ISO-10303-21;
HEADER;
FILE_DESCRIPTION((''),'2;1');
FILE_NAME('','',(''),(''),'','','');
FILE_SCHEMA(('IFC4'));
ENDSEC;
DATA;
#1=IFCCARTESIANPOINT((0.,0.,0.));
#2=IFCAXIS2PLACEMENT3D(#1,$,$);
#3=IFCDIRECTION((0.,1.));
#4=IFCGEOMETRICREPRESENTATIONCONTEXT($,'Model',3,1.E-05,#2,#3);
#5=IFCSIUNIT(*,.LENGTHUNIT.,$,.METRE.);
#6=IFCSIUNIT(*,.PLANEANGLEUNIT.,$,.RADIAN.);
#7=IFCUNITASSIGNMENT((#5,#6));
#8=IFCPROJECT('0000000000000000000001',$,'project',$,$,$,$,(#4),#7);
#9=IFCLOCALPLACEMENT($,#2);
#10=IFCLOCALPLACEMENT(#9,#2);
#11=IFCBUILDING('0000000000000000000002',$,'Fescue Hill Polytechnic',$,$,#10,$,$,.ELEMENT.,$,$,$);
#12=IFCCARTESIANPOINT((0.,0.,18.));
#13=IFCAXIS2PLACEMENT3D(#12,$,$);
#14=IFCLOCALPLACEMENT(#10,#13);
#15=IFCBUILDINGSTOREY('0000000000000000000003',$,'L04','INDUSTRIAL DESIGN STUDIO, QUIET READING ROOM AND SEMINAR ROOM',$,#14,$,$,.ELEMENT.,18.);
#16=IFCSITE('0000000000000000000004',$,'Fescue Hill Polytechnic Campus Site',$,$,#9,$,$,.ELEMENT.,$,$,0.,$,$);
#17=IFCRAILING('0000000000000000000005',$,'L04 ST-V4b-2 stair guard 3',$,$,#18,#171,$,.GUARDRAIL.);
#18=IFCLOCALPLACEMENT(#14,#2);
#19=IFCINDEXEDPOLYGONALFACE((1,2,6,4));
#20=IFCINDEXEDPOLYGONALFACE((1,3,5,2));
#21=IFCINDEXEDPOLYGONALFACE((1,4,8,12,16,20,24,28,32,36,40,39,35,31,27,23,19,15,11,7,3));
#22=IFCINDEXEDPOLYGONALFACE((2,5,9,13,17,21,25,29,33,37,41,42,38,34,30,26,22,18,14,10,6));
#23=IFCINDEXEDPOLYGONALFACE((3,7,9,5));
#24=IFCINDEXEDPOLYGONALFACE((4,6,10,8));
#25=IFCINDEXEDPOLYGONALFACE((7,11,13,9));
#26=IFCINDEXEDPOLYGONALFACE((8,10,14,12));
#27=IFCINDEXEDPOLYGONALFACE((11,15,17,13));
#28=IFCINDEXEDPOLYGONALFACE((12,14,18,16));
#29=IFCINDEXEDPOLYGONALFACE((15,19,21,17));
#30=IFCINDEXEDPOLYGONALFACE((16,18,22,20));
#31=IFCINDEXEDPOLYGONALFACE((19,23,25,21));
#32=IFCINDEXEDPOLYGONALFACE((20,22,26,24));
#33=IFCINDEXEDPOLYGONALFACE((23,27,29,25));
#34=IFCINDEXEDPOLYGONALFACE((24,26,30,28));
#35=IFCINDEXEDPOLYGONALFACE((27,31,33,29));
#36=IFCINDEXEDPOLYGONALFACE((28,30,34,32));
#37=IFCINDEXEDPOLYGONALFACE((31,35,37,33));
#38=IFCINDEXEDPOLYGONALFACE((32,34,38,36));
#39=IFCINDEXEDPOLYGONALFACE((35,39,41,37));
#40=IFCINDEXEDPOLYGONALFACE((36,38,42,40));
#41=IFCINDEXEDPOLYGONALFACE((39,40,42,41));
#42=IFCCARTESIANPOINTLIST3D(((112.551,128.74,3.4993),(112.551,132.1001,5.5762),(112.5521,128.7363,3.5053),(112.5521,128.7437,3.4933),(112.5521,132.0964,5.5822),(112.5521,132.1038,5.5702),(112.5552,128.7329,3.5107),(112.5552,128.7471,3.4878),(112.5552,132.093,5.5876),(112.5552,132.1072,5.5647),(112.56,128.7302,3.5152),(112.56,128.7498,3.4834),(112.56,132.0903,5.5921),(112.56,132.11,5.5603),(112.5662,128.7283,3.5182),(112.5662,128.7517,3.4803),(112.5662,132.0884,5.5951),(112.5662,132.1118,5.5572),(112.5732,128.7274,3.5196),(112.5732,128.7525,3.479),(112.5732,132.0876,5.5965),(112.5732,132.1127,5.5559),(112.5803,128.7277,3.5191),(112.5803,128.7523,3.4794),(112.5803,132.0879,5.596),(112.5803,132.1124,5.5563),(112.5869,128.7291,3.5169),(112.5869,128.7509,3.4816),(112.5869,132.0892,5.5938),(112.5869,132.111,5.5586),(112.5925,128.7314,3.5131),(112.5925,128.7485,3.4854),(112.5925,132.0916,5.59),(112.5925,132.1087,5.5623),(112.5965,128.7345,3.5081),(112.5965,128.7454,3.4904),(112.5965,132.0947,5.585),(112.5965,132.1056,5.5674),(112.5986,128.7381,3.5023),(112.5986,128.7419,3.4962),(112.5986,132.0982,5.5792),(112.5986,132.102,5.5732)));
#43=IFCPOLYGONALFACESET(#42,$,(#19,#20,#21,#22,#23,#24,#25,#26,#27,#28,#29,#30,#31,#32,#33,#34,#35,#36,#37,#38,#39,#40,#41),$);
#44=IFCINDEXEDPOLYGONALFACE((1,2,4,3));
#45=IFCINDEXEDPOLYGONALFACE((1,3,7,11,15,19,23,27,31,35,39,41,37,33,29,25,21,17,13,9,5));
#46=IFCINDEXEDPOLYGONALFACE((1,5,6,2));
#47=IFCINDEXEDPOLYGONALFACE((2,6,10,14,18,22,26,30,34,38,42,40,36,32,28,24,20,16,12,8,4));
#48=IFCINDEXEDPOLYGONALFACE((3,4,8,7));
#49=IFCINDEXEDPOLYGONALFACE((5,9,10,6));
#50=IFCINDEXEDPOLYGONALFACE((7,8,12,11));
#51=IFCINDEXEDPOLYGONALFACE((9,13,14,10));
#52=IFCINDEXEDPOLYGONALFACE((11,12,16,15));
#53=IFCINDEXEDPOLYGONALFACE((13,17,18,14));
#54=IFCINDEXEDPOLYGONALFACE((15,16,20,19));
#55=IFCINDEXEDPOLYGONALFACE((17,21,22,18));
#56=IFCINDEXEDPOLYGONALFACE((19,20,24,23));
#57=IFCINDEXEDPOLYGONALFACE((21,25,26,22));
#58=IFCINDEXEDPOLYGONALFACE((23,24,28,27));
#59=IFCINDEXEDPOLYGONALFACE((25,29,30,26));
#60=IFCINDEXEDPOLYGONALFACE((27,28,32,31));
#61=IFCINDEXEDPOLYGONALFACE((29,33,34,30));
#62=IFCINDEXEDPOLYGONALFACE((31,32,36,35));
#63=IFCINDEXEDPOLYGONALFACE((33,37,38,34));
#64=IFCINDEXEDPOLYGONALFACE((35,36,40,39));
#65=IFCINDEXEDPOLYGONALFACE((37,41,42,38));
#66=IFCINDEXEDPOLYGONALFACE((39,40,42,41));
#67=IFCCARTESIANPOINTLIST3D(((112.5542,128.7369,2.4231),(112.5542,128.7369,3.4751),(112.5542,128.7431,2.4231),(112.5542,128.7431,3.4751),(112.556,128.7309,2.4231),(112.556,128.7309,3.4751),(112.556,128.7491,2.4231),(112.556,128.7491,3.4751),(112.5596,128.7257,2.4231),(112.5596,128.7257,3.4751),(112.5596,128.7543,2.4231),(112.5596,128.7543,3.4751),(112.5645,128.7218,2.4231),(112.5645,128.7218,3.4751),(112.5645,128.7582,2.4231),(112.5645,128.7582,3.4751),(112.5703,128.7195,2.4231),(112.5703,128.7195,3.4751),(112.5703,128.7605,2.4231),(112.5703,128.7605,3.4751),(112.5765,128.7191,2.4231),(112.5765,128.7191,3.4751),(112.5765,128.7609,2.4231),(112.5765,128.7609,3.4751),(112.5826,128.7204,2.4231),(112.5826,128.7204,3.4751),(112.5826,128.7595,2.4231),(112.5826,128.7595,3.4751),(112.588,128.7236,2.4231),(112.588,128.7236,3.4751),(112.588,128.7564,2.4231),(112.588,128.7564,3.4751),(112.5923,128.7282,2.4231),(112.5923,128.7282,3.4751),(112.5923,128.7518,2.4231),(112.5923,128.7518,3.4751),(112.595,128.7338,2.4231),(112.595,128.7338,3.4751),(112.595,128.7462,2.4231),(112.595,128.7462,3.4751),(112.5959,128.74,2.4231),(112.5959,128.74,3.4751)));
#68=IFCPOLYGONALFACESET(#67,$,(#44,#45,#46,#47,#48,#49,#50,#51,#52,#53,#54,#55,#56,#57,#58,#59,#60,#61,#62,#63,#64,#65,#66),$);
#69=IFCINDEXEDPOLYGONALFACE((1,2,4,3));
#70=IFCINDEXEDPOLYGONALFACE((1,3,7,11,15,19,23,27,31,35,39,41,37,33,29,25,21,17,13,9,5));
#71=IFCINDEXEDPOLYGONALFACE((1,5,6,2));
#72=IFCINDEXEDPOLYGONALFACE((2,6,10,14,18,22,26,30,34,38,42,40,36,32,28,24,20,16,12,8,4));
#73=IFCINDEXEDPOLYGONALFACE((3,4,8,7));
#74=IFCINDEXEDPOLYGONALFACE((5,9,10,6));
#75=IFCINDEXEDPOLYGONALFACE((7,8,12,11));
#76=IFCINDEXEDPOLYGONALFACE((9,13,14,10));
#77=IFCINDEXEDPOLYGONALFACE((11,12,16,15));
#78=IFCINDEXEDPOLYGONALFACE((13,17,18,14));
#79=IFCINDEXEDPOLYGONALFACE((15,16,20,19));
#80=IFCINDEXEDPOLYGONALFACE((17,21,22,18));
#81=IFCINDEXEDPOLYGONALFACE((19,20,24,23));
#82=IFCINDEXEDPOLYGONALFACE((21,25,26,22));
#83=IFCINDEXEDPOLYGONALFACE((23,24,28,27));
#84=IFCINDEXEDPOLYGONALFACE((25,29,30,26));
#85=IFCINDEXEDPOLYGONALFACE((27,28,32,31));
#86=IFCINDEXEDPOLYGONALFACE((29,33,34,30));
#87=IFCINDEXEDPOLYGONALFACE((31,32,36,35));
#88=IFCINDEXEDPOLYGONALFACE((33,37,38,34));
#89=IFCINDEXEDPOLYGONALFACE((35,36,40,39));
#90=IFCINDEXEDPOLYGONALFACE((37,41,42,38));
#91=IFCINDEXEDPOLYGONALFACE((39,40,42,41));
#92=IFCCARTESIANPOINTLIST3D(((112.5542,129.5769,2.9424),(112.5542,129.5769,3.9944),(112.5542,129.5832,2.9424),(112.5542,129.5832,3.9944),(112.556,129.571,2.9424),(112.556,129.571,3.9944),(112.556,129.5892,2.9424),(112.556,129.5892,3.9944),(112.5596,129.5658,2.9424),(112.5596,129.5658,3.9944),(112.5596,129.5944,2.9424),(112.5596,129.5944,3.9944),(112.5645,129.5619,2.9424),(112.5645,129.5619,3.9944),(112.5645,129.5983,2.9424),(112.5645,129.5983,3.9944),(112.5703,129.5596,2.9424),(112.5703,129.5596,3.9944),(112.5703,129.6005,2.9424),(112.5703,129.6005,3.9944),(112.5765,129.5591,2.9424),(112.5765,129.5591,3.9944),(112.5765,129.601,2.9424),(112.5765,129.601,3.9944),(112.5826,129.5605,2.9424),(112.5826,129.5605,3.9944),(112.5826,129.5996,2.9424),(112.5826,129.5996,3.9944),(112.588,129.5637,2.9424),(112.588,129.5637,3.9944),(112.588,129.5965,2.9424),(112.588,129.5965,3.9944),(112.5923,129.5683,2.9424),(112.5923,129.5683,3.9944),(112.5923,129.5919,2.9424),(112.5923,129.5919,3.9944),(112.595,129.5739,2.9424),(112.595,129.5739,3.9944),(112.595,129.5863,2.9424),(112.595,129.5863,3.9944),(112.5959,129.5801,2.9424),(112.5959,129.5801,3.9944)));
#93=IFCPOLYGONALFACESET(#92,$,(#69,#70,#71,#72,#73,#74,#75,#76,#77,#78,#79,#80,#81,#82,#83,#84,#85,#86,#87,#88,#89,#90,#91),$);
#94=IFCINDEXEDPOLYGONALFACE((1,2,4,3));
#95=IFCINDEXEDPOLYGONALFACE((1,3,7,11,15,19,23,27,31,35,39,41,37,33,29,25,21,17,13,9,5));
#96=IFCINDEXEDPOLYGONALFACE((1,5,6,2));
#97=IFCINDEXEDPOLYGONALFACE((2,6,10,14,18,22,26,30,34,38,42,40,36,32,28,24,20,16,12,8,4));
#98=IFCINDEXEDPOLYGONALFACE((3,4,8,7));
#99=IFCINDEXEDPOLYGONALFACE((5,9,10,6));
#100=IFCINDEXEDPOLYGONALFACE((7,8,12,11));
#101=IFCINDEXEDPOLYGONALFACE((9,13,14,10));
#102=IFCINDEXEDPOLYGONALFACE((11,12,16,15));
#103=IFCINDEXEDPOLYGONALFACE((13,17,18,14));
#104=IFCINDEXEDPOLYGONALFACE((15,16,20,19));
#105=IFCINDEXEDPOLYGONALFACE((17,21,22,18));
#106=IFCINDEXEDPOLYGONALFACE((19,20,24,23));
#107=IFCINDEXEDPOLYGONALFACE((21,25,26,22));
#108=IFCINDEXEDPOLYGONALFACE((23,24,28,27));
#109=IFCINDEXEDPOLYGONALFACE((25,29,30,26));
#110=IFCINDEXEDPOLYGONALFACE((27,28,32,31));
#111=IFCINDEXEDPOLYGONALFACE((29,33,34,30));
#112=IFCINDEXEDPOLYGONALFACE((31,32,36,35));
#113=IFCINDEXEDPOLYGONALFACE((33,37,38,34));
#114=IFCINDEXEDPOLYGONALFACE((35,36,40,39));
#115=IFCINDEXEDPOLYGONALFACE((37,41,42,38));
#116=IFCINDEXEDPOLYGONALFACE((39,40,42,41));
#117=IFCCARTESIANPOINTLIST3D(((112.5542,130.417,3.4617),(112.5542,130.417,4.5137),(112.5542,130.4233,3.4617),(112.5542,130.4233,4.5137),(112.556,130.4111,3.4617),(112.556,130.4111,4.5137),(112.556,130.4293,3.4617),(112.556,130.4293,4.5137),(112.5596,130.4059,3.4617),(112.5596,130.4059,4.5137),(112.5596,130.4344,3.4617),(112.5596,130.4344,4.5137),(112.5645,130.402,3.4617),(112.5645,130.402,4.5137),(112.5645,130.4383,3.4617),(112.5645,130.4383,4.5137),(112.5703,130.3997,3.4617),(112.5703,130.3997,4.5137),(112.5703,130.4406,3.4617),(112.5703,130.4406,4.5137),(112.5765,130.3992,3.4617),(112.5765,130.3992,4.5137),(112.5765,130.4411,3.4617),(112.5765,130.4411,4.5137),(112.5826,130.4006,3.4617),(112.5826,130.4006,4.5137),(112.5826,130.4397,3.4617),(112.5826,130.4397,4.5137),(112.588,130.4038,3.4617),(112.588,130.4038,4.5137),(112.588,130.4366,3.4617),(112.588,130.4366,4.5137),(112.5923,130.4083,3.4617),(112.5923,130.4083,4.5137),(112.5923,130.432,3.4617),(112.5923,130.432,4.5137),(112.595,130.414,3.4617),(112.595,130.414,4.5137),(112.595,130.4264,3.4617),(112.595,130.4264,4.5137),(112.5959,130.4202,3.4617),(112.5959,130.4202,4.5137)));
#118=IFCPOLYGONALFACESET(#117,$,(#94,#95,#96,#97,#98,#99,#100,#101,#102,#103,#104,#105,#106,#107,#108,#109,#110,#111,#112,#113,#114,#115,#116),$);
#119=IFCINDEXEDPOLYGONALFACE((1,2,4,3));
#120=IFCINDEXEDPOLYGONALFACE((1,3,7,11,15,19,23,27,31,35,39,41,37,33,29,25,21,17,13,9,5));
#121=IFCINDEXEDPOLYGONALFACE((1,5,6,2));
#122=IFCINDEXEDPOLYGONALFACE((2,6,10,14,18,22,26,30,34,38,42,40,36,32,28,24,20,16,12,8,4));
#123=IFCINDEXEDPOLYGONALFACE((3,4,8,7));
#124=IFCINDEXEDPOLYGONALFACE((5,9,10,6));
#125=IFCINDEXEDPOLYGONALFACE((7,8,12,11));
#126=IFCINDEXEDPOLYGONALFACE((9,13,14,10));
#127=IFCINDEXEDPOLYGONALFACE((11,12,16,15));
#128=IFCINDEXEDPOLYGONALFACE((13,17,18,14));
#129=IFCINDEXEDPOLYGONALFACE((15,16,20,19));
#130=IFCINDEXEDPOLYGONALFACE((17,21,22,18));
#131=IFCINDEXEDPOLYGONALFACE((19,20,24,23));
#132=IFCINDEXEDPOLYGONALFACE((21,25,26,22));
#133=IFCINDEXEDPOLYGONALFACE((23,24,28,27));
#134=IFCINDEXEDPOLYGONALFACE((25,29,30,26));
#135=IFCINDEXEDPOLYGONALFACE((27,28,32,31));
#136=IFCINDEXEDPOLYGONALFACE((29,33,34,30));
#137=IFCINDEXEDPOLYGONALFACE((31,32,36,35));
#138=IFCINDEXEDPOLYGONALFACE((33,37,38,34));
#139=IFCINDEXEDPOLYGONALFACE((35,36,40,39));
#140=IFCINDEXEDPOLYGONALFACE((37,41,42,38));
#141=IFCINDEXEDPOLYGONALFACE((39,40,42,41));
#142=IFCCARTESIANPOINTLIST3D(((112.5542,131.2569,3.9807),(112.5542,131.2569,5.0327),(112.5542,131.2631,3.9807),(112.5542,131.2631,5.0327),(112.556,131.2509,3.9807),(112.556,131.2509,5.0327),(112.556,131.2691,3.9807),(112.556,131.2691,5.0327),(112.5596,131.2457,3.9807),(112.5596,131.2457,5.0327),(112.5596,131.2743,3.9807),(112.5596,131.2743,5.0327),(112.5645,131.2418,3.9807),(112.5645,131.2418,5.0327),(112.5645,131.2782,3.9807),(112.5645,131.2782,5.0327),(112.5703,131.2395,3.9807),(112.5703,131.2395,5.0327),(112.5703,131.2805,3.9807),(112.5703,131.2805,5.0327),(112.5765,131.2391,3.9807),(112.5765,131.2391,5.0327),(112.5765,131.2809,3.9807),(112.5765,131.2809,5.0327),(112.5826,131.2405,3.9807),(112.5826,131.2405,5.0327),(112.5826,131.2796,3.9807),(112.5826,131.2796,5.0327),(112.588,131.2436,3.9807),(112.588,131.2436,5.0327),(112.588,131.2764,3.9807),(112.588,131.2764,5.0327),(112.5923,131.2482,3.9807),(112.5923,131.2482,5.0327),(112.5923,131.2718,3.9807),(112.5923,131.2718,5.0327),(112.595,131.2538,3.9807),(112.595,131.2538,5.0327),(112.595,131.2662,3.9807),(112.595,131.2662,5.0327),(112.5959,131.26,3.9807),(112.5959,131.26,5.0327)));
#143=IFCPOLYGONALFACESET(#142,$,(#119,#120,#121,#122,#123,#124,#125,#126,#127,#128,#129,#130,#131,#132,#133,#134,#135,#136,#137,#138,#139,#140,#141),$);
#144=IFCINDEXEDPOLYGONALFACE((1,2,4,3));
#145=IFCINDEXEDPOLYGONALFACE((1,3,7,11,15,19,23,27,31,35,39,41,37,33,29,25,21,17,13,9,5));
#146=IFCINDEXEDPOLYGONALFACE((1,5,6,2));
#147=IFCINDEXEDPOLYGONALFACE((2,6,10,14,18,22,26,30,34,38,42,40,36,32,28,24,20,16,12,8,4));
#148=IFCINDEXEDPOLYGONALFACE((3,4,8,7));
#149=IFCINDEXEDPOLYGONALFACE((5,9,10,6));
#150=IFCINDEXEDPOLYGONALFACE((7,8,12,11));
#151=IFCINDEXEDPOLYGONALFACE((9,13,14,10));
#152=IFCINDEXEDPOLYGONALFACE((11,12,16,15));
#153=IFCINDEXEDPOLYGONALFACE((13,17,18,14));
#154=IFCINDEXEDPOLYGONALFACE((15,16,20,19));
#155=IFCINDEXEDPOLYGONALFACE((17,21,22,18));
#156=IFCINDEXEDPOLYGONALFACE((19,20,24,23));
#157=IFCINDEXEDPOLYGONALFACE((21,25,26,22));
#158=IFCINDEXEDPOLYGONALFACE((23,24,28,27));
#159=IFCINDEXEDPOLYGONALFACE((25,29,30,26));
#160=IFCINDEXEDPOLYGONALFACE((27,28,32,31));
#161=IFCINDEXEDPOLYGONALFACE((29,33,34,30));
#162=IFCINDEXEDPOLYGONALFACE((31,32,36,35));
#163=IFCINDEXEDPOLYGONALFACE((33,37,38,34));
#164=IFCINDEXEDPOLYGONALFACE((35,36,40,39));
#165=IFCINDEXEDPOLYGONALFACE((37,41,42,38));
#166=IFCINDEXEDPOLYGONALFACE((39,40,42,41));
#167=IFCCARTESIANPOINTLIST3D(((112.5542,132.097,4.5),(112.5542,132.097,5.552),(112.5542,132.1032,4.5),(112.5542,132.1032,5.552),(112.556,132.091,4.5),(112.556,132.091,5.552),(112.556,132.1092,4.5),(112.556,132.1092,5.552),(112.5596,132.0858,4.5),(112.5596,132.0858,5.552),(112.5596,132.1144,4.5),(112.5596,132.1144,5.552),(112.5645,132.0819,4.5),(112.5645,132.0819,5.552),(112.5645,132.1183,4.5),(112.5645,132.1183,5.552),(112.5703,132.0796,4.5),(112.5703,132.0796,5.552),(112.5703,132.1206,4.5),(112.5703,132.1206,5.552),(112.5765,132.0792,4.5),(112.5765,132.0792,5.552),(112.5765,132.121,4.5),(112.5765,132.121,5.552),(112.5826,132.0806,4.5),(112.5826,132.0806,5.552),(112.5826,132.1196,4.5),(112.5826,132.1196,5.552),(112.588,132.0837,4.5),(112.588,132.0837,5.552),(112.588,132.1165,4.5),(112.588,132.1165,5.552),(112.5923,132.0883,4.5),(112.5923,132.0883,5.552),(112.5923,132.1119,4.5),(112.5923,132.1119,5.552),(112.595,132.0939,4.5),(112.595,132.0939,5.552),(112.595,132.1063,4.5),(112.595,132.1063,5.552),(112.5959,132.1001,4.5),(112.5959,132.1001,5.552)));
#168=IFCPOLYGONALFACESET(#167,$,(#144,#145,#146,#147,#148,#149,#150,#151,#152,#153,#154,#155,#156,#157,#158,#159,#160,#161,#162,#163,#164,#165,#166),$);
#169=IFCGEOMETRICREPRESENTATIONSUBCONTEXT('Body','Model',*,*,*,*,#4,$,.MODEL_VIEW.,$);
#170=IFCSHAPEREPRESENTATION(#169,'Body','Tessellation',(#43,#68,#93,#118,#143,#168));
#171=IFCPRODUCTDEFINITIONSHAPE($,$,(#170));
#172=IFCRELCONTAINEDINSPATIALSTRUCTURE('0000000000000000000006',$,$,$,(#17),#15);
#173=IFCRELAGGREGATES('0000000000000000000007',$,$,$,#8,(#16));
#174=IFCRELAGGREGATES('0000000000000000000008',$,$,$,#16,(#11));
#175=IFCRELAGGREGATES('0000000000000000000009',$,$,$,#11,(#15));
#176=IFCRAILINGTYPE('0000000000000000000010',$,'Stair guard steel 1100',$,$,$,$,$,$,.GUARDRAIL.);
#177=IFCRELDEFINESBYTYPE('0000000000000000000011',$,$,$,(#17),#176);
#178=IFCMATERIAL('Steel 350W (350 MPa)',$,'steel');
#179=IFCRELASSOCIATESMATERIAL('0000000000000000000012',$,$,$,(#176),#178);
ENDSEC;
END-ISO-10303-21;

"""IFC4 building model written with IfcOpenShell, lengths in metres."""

from ifc_helpers import new_model, si_unit, direction, frame, origin, origin_2d, place, context, subcontext, project, spatial, circle, extrude, material, type_object, element, save


model = new_model("IFC4")

# Units and contexts
model_context = context("Model", 3, precision=1e-05, world=origin(), true_north=direction((0.0, 1.0)))
body_context = subcontext(model_context, "Body", "Model", "MODEL_VIEW")
ifc_project = project(units=[si_unit("LENGTHUNIT", "METRE"), si_unit("PLANEANGLEUNIT", "RADIAN")], contexts=[model_context])

# Site, building, storey
site_placement = place(None, origin())
site = spatial("IfcSite", under=ifc_project, at=site_placement, Name="Fescue Hill Polytechnic Campus Site", CompositionType="ELEMENT", RefElevation=0.0)
building_placement = place(site_placement, origin())
building = spatial("IfcBuilding", under=site, at=building_placement, Name="Fescue Hill Polytechnic", CompositionType="ELEMENT")
storey_placement = place(building_placement, frame((0.0, 0.0, 18.0)))
storey = spatial("IfcBuildingStorey", under=building, at=storey_placement, Name="L04", Description="INDUSTRIAL DESIGN STUDIO, QUIET READING ROOM AND SEMINAR ROOM", CompositionType="ELEMENT", Elevation=18.0)

# Railing
ifc_material_1 = material(Name="Steel 350W (350 MPa)", Category="steel")
railing_type = type_object("IfcRailingType", Name="Stair guard steel 1100", PredefinedType="GUARDRAIL", material=ifc_material_1)
railing_1_placement = place(storey_placement, frame((112.575, 128.74, 2.4231)))
element("IfcRailing", 1, at=railing_1_placement, inside=storey, type_object=railing_type, Name="L04 ST-V4b-2 stair guard 3", PredefinedType="GUARDRAIL", context=body_context, shape_type="SweptSolid", body=[
    extrude(circle(Radius=0.0239, at=origin_2d()), frame((0.0, 0.0, 1.0762), z_axis=(0.0, 0.850623, 0.525776), x_axis=(-1.0, 0.0, 0.0)), (0.0, 0.0, 1.0), 3.9502),
    extrude(circle(Radius=0.021, at=origin_2d()), origin(), (0.0, 0.0, 1.0), 1.052),
    extrude(circle(Radius=0.021, at=origin_2d()), frame((0.0, 0.8401, 0.5193)), (0.0, 0.0, 1.0), 1.052),
    extrude(circle(Radius=0.021, at=origin_2d()), frame((0.0, 1.6802, 1.0386)), (0.0, 0.0, 1.0), 1.052),
    extrude(circle(Radius=0.021, at=origin_2d()), frame((0.0, 2.52, 1.5576)), (0.0, 0.0, 1.0), 1.052),
    extrude(circle(Radius=0.021, at=origin_2d()), frame((0.0, 3.3601, 2.0769)), (0.0, 0.0, 1.0), 1.052),
])

save(model, "model.ifc")
